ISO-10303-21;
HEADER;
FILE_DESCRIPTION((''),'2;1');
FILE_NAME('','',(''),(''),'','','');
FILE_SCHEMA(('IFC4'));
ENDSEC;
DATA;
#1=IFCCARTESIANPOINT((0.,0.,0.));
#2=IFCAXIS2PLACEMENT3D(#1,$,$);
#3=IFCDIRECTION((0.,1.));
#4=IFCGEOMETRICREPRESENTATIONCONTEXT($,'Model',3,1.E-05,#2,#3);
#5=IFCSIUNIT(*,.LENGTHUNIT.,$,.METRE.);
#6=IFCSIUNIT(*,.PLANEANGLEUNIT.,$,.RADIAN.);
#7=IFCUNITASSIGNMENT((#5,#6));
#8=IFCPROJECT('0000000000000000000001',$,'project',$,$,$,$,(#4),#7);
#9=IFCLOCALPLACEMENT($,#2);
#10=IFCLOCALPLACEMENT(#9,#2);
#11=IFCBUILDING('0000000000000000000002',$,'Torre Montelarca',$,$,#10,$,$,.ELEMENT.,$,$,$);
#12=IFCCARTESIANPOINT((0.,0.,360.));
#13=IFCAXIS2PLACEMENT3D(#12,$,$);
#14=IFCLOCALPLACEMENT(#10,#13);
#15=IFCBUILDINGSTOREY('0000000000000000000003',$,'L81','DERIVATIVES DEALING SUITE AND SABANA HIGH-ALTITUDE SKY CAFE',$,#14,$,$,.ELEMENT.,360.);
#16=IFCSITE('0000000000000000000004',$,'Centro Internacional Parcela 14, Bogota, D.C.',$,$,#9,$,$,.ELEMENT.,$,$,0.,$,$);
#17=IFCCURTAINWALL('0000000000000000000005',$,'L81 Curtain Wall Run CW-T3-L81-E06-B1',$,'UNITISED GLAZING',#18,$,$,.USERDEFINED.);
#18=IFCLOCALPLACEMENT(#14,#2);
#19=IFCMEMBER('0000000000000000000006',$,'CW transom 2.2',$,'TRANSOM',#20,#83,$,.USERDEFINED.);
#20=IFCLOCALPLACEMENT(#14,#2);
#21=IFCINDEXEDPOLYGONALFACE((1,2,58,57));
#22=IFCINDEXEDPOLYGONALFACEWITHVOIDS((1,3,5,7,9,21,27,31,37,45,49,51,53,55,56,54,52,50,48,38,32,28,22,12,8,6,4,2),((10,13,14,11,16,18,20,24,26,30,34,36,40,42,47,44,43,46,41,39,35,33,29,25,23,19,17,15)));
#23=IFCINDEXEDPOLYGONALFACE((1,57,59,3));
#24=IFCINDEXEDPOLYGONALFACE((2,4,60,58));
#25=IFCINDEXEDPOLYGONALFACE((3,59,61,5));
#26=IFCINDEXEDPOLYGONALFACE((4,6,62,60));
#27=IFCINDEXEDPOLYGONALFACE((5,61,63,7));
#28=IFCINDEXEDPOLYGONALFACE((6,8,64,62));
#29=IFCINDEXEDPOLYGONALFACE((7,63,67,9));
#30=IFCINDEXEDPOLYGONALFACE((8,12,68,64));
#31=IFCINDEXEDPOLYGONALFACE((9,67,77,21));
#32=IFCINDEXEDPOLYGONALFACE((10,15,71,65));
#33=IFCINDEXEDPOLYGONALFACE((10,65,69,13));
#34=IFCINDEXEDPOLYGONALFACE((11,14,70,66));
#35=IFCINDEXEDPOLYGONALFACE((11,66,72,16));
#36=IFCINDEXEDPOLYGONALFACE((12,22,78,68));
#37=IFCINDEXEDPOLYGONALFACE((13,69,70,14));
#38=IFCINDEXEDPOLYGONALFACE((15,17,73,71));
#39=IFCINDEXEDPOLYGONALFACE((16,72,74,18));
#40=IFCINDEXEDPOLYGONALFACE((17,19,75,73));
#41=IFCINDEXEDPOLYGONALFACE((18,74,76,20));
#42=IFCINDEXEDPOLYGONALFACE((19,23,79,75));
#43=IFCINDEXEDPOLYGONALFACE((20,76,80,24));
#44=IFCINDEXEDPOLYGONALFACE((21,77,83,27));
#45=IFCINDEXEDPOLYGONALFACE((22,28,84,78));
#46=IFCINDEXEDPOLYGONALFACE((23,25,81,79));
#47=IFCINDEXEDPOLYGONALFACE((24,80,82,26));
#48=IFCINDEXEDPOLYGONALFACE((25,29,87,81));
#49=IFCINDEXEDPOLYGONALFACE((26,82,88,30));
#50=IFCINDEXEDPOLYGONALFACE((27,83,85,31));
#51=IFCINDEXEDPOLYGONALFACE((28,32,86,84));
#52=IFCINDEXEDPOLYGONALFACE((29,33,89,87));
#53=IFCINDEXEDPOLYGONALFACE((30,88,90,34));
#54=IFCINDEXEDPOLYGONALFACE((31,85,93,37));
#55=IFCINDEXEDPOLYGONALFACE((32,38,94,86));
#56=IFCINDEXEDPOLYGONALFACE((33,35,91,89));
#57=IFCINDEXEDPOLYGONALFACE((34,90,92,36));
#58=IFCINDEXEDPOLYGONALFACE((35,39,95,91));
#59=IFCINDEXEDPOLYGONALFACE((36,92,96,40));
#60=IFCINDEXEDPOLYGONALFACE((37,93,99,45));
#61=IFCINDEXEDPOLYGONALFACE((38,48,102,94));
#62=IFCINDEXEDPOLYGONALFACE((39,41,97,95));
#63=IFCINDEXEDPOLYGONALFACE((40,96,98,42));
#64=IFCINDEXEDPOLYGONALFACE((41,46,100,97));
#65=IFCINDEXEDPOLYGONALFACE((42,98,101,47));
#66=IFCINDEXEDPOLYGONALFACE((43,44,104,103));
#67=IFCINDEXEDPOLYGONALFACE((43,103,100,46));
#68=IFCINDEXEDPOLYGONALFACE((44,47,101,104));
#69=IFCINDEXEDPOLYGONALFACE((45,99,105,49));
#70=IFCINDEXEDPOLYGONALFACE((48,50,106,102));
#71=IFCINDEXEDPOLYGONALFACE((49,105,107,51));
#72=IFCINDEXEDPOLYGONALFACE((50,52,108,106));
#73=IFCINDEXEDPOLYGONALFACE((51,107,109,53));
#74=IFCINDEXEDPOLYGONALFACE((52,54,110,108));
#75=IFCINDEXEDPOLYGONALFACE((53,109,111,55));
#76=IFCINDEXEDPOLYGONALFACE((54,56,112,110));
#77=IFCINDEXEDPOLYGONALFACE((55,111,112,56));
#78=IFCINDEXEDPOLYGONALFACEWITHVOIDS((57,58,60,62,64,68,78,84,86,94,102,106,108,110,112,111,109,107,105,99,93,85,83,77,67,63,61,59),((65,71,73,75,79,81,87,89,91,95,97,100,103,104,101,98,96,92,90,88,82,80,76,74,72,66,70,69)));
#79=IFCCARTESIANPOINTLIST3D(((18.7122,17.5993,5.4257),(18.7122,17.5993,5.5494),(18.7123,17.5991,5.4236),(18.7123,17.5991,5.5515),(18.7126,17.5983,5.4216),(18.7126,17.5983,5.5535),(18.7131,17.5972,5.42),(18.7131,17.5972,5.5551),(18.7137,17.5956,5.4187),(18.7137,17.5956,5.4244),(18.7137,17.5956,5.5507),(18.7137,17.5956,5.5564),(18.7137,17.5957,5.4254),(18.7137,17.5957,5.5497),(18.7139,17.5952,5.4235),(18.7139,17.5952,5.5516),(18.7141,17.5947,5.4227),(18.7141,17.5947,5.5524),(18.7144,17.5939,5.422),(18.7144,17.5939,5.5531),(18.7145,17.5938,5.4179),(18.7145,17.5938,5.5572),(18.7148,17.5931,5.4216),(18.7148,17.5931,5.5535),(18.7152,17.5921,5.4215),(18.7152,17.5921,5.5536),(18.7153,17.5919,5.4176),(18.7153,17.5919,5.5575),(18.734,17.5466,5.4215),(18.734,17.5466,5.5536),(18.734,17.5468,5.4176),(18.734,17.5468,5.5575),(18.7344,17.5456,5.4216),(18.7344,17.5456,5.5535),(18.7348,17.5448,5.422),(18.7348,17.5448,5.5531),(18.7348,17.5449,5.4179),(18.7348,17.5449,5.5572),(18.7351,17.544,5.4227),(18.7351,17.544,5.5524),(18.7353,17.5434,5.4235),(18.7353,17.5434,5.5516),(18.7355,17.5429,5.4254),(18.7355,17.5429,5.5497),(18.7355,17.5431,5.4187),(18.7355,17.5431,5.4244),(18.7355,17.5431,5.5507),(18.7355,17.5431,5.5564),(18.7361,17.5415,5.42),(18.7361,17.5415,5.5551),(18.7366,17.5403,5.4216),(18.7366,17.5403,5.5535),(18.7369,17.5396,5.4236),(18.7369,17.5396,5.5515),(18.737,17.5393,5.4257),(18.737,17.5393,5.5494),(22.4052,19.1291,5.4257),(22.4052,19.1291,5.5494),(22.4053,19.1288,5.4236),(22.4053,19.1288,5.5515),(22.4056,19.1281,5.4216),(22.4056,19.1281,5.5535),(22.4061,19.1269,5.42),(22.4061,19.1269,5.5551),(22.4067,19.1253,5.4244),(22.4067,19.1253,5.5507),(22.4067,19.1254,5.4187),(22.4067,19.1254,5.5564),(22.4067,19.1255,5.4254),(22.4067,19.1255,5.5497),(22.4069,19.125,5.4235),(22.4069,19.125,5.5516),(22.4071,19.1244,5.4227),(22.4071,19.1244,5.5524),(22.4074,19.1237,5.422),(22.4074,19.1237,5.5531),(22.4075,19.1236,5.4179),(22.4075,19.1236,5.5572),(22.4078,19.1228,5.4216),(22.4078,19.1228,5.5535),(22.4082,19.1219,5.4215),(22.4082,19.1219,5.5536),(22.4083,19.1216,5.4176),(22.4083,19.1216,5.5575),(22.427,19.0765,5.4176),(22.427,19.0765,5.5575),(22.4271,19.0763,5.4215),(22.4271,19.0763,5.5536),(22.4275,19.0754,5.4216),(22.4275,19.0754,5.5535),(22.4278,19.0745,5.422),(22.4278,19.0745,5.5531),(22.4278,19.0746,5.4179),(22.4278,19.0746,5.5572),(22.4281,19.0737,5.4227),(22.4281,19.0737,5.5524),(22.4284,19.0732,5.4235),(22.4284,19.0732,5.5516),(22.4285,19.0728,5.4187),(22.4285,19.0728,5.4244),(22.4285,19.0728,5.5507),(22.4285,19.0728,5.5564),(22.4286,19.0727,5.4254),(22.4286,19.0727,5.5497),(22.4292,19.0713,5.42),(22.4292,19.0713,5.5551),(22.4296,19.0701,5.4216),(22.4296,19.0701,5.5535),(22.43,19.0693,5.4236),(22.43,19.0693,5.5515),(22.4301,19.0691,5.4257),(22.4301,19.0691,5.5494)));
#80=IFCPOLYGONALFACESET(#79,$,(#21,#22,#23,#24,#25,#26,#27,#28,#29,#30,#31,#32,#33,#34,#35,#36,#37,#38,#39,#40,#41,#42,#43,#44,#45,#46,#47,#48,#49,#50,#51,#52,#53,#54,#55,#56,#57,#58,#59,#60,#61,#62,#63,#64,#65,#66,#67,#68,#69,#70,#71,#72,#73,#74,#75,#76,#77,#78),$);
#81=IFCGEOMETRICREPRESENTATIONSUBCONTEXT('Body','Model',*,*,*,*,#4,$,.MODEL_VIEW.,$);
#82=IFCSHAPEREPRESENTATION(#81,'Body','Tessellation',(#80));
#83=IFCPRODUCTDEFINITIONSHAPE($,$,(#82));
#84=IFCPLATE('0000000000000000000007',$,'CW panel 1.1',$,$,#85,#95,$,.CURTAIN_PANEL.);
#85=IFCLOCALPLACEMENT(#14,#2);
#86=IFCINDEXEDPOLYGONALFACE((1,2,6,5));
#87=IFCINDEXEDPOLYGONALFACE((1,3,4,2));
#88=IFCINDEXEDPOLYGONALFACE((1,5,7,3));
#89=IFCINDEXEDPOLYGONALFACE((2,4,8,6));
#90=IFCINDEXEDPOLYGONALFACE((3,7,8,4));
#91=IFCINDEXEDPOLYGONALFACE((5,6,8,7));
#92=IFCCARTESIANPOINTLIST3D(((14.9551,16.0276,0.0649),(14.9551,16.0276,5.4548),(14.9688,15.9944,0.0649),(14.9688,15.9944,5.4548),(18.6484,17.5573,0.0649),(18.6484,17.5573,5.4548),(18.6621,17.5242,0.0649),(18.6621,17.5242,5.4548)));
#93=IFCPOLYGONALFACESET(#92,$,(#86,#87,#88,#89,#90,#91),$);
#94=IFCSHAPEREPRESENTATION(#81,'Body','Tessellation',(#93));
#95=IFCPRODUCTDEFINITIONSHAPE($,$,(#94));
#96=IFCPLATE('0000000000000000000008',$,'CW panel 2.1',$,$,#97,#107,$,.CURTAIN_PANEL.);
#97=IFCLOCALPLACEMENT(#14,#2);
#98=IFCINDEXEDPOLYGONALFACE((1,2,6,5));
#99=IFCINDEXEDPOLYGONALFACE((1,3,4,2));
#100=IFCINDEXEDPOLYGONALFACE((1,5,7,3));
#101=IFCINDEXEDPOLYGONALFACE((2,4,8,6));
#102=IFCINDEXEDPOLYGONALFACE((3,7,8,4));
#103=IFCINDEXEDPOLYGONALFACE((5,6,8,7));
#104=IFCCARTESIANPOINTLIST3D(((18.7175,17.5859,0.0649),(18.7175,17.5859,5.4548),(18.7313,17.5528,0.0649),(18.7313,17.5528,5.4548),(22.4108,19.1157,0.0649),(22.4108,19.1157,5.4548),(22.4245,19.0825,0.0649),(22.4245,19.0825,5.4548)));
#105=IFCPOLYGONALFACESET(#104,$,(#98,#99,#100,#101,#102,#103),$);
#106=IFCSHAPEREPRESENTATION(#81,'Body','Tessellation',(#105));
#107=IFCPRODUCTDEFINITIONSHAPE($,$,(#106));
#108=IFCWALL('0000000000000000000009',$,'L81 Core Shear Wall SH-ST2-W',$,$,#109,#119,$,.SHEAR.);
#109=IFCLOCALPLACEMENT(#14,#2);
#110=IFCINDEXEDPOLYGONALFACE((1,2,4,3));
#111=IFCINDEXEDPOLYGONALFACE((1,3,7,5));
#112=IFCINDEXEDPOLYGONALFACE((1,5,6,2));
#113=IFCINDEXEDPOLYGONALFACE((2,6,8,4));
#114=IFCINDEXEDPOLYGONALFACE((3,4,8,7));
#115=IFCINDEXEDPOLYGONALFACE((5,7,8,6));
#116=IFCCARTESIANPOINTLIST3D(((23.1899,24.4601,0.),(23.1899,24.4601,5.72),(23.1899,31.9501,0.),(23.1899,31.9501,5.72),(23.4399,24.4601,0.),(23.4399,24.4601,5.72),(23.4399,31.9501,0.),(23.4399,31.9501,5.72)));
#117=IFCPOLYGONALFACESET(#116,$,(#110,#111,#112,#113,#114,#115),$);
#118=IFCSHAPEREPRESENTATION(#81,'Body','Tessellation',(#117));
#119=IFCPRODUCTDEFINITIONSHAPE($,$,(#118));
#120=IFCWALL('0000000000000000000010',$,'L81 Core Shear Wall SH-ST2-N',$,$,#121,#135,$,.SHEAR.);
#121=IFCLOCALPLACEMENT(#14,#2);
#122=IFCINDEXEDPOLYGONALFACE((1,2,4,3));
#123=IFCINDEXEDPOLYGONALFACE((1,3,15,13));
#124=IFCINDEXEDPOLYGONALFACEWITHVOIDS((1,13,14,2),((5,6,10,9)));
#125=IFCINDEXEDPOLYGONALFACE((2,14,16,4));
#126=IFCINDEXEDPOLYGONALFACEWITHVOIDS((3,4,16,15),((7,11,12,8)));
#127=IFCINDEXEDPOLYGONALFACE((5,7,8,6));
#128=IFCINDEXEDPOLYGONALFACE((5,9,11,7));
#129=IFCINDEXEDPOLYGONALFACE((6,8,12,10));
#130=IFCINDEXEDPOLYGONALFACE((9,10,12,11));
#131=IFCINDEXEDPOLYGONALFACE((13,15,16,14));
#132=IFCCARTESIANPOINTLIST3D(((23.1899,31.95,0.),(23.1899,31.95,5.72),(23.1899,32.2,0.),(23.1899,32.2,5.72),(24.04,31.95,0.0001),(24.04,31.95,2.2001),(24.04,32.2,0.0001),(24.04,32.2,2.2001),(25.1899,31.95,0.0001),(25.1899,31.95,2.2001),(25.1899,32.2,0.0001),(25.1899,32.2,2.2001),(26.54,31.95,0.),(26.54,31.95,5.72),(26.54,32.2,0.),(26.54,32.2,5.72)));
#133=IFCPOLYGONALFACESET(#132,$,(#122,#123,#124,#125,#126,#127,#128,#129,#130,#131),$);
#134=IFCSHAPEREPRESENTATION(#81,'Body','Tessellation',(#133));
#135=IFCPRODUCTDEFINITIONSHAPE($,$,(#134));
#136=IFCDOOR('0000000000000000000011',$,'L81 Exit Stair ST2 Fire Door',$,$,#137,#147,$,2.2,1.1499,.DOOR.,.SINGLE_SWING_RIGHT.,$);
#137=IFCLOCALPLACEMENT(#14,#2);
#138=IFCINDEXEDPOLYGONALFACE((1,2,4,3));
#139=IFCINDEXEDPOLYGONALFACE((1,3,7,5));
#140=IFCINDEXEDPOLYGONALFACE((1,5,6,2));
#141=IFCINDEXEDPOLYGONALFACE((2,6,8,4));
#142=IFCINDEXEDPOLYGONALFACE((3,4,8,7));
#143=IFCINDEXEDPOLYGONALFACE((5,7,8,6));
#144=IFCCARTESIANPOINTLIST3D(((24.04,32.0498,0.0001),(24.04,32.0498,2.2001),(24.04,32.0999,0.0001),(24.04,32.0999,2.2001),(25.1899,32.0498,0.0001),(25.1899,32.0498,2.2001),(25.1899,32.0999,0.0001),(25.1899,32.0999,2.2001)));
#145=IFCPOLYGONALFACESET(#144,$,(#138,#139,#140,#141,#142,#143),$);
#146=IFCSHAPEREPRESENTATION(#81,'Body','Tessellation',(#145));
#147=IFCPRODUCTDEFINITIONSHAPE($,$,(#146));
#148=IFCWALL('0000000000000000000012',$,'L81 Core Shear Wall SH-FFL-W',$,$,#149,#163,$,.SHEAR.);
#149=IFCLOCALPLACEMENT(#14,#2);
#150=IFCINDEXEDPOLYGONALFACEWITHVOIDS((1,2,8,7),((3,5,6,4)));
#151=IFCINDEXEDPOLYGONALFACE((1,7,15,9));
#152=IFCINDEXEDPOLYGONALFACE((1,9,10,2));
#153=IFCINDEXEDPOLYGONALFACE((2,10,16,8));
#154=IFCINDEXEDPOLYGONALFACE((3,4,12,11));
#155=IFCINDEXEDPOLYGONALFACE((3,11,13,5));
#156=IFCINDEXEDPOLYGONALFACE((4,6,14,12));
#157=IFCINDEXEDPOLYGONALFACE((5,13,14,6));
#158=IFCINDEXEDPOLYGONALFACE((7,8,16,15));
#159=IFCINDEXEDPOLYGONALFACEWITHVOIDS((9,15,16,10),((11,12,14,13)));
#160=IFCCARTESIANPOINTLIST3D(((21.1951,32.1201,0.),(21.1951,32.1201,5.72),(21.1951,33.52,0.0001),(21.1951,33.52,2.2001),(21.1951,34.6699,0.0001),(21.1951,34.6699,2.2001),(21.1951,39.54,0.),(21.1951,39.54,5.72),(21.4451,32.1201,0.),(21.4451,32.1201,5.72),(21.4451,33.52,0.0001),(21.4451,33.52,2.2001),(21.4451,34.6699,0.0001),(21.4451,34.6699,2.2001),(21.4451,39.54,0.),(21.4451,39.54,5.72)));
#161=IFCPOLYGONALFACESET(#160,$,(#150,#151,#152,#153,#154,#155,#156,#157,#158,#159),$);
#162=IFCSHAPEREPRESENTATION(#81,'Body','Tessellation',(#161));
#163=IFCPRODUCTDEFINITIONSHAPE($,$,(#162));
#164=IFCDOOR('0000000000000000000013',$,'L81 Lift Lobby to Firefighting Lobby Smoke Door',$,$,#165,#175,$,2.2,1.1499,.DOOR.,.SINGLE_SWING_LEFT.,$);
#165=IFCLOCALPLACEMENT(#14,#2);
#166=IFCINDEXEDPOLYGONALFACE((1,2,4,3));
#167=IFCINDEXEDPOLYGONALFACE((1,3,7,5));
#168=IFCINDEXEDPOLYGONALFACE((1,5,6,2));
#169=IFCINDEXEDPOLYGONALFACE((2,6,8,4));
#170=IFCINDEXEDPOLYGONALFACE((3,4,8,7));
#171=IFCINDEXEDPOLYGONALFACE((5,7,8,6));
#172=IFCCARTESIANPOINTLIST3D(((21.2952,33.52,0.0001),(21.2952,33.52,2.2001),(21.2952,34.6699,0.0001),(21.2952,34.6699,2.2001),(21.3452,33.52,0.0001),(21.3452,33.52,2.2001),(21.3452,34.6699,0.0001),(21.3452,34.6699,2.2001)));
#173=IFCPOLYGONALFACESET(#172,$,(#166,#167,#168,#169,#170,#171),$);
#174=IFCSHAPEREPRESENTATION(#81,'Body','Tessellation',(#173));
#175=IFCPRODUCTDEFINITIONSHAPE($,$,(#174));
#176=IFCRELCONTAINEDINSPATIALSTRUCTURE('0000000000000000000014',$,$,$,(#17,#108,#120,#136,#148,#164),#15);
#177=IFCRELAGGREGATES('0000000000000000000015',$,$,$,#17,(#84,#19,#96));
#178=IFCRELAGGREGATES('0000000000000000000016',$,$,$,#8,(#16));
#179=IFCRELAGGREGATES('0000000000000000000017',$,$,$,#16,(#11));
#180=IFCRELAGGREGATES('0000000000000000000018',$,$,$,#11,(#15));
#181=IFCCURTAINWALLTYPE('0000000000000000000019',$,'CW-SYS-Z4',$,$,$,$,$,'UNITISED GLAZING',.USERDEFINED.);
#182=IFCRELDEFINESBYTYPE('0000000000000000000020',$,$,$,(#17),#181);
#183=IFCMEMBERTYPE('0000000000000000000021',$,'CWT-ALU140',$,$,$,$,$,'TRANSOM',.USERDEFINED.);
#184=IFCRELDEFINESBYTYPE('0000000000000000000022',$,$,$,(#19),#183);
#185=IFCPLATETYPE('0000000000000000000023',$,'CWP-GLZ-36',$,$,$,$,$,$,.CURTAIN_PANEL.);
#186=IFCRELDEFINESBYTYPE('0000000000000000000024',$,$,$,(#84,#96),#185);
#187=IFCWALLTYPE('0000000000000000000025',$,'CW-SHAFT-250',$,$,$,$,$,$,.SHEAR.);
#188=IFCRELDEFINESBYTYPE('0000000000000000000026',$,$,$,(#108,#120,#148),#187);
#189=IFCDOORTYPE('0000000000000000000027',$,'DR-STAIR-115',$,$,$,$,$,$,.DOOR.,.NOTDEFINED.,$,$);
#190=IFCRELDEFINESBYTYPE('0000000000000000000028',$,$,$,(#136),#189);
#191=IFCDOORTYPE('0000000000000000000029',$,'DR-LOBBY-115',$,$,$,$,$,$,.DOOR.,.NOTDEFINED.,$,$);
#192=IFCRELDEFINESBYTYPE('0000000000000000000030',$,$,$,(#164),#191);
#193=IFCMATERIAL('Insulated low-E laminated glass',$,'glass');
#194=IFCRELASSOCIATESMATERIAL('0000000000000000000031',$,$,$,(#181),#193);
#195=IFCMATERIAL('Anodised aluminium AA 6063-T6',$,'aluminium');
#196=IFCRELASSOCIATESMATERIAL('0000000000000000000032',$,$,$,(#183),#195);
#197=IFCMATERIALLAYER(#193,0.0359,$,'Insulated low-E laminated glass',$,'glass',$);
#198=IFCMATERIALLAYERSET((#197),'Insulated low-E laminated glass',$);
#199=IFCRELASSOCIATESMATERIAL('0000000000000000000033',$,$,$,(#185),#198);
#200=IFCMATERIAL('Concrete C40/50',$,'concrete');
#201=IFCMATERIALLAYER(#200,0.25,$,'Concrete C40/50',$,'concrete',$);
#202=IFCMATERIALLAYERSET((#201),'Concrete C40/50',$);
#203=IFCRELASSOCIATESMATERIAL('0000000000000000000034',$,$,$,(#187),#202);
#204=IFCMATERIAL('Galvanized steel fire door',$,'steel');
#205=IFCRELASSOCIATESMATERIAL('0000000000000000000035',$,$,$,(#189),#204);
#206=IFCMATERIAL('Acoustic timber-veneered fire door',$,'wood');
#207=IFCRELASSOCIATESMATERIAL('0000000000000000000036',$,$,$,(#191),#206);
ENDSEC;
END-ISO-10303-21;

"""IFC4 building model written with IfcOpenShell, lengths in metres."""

from ifc_helpers import new_model, si_unit, direction, frame, frame_2d, origin, origin_2d, place, context, subcontext, project, spatial, rectangle, hollow_rectangle, extrude, source, transform, mapped, material, layer, layer_set, material_profile, profile_set, type_object, element, fill, aggregate, save


model = new_model("IFC4")

# Units and contexts
model_context = context("Model", 3, precision=1e-05, world=origin(), true_north=direction((0.0, 1.0)))
body_context = subcontext(model_context, "Body", "Model", "MODEL_VIEW")
ifc_project = project(units=[si_unit("LENGTHUNIT", "METRE"), si_unit("PLANEANGLEUNIT", "RADIAN")], contexts=[model_context])

# Site, building, storey
site_placement = place(None, origin())
site = spatial("IfcSite", under=ifc_project, at=site_placement, Name="Centro Internacional Parcela 14, Bogota, D.C.", CompositionType="ELEMENT", RefElevation=0.0)
building_placement = place(site_placement, origin())
building = spatial("IfcBuilding", under=site, at=building_placement, Name="Torre Montelarca", CompositionType="ELEMENT")
storey_placement = place(building_placement, frame((0.0, 0.0, 360.0)))
storey = spatial("IfcBuildingStorey", under=building, at=storey_placement, Name="L81", Description="DERIVATIVES DEALING SUITE AND SABANA HIGH-ALTITUDE SKY CAFE", CompositionType="ELEMENT", Elevation=360.0)

# Curtain wall, member, plates
ifc_material_1 = material(Name="Insulated low-E laminated glass", Category="glass")
curtain_wall_type = type_object("IfcCurtainWallType", Name="CW-SYS-Z4", ElementType="UNITISED GLAZING", PredefinedType="USERDEFINED", material=ifc_material_1)
curtain_wall_placement = place(storey_placement, origin())
curtain_wall = element("IfcCurtainWall", 1, at=curtain_wall_placement, inside=storey, type_object=curtain_wall_type, Name="L81 Curtain Wall Run CW-T3-L81-E06-B1", ObjectType="UNITISED GLAZING", PredefinedType="USERDEFINED")
ifc_material_2 = material(Name="Anodised aluminium AA 6063-T6", Category="aluminium")
ifc_material_profile_1 = material_profile(ifc_material_2, hollow_rectangle(XDim=0.0649, YDim=0.1399, WallThickness=0.0039, InnerFilletRadius=0.0039, OuterFilletRadius=0.0081, at=origin_2d()), Name="ALU65X140X4", Category="aluminium")
ifc_profile_set_1 = profile_set([ifc_material_profile_1], Name="Anodised aluminium AA 6063-T6")
member_type_1 = type_object("IfcMemberType", Name="CWT-ALU140", ElementType="TRANSOM", PredefinedType="USERDEFINED", material=ifc_profile_set_1)
shared_shape_1 = source(origin(), body_context, "Body", "SweptSolid", [
    extrude(hollow_rectangle(XDim=0.0649, YDim=0.1399, WallThickness=0.0039, InnerFilletRadius=0.0039, OuterFilletRadius=0.0081, at=origin_2d()), origin(), (0.0, 0.0, 1.0), 3.9973),
])
member_1_placement = place(storey_placement, frame((18.7246, 17.5693, 5.4875), z_axis=(0.923875, 0.382693, 0.0), x_axis=(-0.382693, 0.923875, 0.0)))
member_1 = element("IfcMember", 2, at=member_1_placement, type_object=member_type_1, Name="CW transom 2.2", ObjectType="TRANSOM", PredefinedType="USERDEFINED", context=body_context, shape_type="MappedRepresentation", body=[
    mapped(shared_shape_1, transform((0.0, 0.0, 0.0), scale=1.0)),
])
ifc_layer_1 = layer(ifc_material_1, 0.0359, Name="Insulated low-E laminated glass", Category="glass")
ifc_layer_set_1 = layer_set([ifc_layer_1], Name="Insulated low-E laminated glass")
plate_type = type_object("IfcPlateType", Name="CWP-GLZ-36", PredefinedType="CURTAIN_PANEL", material=ifc_layer_set_1)
shared_shape_2 = source(origin(), body_context, "Body", "SweptSolid", [
    extrude(rectangle(XDim=3.9976, YDim=0.0359, at=origin_2d()), origin(), (0.0, 0.0, 1.0), 5.3899),
])
plate_1_placement = place(storey_placement, frame((16.8086, 16.7759, 0.0649), z_axis=(0.0, 0.0, 1.0), x_axis=(0.923882, 0.382677, 0.0)))
plate_1 = element("IfcPlate", 3, at=plate_1_placement, type_object=plate_type, Name="CW panel 1.1", PredefinedType="CURTAIN_PANEL", context=body_context, shape_type="MappedRepresentation", body=[
    mapped(shared_shape_2, transform((0.0, 0.0, 0.0), scale=1.0)),
])
plate_2_placement = place(storey_placement, frame((20.571, 18.3342, 0.0649), z_axis=(0.0, 0.0, 1.0), x_axis=(0.923882, 0.382677, 0.0)))
plate_2 = element("IfcPlate", 4, at=plate_2_placement, type_object=plate_type, Name="CW panel 2.1", PredefinedType="CURTAIN_PANEL", context=body_context, shape_type="MappedRepresentation", body=[
    mapped(shared_shape_2, transform((0.0, 0.0, 0.0), scale=1.0)),
])
aggregate(curtain_wall, [plate_1, member_1, plate_2])

# Wall
ifc_material_3 = material(Name="Concrete C40/50", Category="concrete")
ifc_layer_2 = layer(ifc_material_3, 0.25, Name="Concrete C40/50", Category="concrete")
ifc_layer_set_2 = layer_set([ifc_layer_2], Name="Concrete C40/50")
wall_type_1 = type_object("IfcWallType", Name="CW-SHAFT-250", PredefinedType="SHEAR", material=ifc_layer_set_2)
wall_1_placement = place(storey_placement, frame((23.3149, 24.46, 0.0), z_axis=(0.0, 0.0, 1.0), x_axis=(0.0, 1.0, 0.0)))
element("IfcWall", 5, at=wall_1_placement, inside=storey, type_object=wall_type_1, Name="L81 Core Shear Wall SH-ST2-W", PredefinedType="SHEAR", context=body_context, shape_type="SweptSolid", body=[
    extrude(rectangle(XDim=7.49, YDim=0.25, at=frame_2d((3.7451, 0.0))), origin(), (0.0, 0.0, 1.0), 5.72),
])

# Walls, openings, doors
wall_2_placement = place(storey_placement, frame((23.1899, 32.075, 0.0), z_axis=(0.0, 0.0, 1.0), x_axis=(1.0, 0.0, 0.0)))
wall_2 = element("IfcWall", 6, at=wall_2_placement, inside=storey, type_object=wall_type_1, Name="L81 Core Shear Wall SH-ST2-N", PredefinedType="SHEAR", context=body_context, shape_type="SweptSolid", body=[
    extrude(rectangle(XDim=3.3501, YDim=0.25, at=frame_2d((1.675, 0.0))), origin(), (0.0, 0.0, 1.0), 5.72),
])
opening_1_placement = place(wall_2_placement, frame((0.8501, 0.0, 0.0)))
opening_1 = element("IfcOpeningElement", 7, at=opening_1_placement, cuts=wall_2, PredefinedType="OPENING", context=body_context, shape_type="SweptSolid", body=[
    extrude(rectangle(XDim=1.1499, YDim=2.2, at=frame_2d((0.575, 1.1001))), frame((0.0, 0.135, 0.0), z_axis=(0.0, -1.0, 0.0), x_axis=(1.0, 0.0, 0.0)), (0.0, 0.0, 1.0), 0.27),
])
ifc_material_4 = material(Name="Galvanized steel fire door", Category="steel")
door_type_1 = type_object("IfcDoorType", Name="DR-STAIR-115", OperationType="NOTDEFINED", PredefinedType="DOOR", material=ifc_material_4)
shared_shape_3 = source(origin(), body_context, "Body", "SweptSolid", [
    extrude(rectangle(XDim=1.1499, YDim=2.2, at=frame_2d((0.575, 1.1001))), frame((0.0, 0.0249, 0.0), z_axis=(0.0, -1.0, 0.0), x_axis=(1.0, 0.0, 0.0)), (0.0, 0.0, 1.0), 0.05),
])
door_1_placement = place(opening_1_placement, origin())
door_1 = element("IfcDoor", 8, at=door_1_placement, inside=storey, type_object=door_type_1, Name="L81 Exit Stair ST2 Fire Door", OperationType="SINGLE_SWING_RIGHT", OverallHeight=2.2, OverallWidth=1.1499, PredefinedType="DOOR", context=body_context, shape_type="MappedRepresentation", body=[
    mapped(shared_shape_3, transform((0.0, 0.0, 0.0), scale=1.0)),
])
fill(opening_1, door_1)
wall_3_placement = place(storey_placement, frame((21.3201, 32.1201, 0.0), z_axis=(0.0, 0.0, 1.0), x_axis=(0.0, 1.0, 0.0)))
wall_3 = element("IfcWall", 9, at=wall_3_placement, inside=storey, type_object=wall_type_1, Name="L81 Core Shear Wall SH-FFL-W", PredefinedType="SHEAR", context=body_context, shape_type="SweptSolid", body=[
    extrude(rectangle(XDim=7.4199, YDim=0.25, at=frame_2d((3.71, 0.0))), origin(), (0.0, 0.0, 1.0), 5.72),
])
opening_2_placement = place(wall_3_placement, frame((1.3999, 0.0, 0.0)))
opening_2 = element("IfcOpeningElement", 10, at=opening_2_placement, cuts=wall_3, PredefinedType="OPENING", context=body_context, shape_type="SweptSolid", body=[
    extrude(rectangle(XDim=1.1499, YDim=2.2, at=frame_2d((0.575, 1.1001))), frame((0.0, 0.135, 0.0), z_axis=(0.0, -1.0, 0.0), x_axis=(1.0, 0.0, 0.0)), (0.0, 0.0, 1.0), 0.27),
])
ifc_material_5 = material(Name="Acoustic timber-veneered fire door", Category="wood")
door_type_2 = type_object("IfcDoorType", Name="DR-LOBBY-115", OperationType="NOTDEFINED", PredefinedType="DOOR", material=ifc_material_5)
shared_shape_4 = source(origin(), body_context, "Body", "SweptSolid", [
    extrude(rectangle(XDim=1.1499, YDim=2.2, at=frame_2d((0.575, 1.1001))), frame((0.0, 0.0249, 0.0), z_axis=(0.0, -1.0, 0.0), x_axis=(1.0, 0.0, 0.0)), (0.0, 0.0, 1.0), 0.05),
])
door_2_placement = place(opening_2_placement, origin())
door_2 = element("IfcDoor", 11, at=door_2_placement, inside=storey, type_object=door_type_2, Name="L81 Lift Lobby to Firefighting Lobby Smoke Door", OperationType="SINGLE_SWING_LEFT", OverallHeight=2.2, OverallWidth=1.1499, PredefinedType="DOOR", context=body_context, shape_type="MappedRepresentation", body=[
    mapped(shared_shape_4, transform((0.0, 0.0, 0.0), scale=1.0)),
])
fill(opening_2, door_2)

save(model, "model.ifc")
